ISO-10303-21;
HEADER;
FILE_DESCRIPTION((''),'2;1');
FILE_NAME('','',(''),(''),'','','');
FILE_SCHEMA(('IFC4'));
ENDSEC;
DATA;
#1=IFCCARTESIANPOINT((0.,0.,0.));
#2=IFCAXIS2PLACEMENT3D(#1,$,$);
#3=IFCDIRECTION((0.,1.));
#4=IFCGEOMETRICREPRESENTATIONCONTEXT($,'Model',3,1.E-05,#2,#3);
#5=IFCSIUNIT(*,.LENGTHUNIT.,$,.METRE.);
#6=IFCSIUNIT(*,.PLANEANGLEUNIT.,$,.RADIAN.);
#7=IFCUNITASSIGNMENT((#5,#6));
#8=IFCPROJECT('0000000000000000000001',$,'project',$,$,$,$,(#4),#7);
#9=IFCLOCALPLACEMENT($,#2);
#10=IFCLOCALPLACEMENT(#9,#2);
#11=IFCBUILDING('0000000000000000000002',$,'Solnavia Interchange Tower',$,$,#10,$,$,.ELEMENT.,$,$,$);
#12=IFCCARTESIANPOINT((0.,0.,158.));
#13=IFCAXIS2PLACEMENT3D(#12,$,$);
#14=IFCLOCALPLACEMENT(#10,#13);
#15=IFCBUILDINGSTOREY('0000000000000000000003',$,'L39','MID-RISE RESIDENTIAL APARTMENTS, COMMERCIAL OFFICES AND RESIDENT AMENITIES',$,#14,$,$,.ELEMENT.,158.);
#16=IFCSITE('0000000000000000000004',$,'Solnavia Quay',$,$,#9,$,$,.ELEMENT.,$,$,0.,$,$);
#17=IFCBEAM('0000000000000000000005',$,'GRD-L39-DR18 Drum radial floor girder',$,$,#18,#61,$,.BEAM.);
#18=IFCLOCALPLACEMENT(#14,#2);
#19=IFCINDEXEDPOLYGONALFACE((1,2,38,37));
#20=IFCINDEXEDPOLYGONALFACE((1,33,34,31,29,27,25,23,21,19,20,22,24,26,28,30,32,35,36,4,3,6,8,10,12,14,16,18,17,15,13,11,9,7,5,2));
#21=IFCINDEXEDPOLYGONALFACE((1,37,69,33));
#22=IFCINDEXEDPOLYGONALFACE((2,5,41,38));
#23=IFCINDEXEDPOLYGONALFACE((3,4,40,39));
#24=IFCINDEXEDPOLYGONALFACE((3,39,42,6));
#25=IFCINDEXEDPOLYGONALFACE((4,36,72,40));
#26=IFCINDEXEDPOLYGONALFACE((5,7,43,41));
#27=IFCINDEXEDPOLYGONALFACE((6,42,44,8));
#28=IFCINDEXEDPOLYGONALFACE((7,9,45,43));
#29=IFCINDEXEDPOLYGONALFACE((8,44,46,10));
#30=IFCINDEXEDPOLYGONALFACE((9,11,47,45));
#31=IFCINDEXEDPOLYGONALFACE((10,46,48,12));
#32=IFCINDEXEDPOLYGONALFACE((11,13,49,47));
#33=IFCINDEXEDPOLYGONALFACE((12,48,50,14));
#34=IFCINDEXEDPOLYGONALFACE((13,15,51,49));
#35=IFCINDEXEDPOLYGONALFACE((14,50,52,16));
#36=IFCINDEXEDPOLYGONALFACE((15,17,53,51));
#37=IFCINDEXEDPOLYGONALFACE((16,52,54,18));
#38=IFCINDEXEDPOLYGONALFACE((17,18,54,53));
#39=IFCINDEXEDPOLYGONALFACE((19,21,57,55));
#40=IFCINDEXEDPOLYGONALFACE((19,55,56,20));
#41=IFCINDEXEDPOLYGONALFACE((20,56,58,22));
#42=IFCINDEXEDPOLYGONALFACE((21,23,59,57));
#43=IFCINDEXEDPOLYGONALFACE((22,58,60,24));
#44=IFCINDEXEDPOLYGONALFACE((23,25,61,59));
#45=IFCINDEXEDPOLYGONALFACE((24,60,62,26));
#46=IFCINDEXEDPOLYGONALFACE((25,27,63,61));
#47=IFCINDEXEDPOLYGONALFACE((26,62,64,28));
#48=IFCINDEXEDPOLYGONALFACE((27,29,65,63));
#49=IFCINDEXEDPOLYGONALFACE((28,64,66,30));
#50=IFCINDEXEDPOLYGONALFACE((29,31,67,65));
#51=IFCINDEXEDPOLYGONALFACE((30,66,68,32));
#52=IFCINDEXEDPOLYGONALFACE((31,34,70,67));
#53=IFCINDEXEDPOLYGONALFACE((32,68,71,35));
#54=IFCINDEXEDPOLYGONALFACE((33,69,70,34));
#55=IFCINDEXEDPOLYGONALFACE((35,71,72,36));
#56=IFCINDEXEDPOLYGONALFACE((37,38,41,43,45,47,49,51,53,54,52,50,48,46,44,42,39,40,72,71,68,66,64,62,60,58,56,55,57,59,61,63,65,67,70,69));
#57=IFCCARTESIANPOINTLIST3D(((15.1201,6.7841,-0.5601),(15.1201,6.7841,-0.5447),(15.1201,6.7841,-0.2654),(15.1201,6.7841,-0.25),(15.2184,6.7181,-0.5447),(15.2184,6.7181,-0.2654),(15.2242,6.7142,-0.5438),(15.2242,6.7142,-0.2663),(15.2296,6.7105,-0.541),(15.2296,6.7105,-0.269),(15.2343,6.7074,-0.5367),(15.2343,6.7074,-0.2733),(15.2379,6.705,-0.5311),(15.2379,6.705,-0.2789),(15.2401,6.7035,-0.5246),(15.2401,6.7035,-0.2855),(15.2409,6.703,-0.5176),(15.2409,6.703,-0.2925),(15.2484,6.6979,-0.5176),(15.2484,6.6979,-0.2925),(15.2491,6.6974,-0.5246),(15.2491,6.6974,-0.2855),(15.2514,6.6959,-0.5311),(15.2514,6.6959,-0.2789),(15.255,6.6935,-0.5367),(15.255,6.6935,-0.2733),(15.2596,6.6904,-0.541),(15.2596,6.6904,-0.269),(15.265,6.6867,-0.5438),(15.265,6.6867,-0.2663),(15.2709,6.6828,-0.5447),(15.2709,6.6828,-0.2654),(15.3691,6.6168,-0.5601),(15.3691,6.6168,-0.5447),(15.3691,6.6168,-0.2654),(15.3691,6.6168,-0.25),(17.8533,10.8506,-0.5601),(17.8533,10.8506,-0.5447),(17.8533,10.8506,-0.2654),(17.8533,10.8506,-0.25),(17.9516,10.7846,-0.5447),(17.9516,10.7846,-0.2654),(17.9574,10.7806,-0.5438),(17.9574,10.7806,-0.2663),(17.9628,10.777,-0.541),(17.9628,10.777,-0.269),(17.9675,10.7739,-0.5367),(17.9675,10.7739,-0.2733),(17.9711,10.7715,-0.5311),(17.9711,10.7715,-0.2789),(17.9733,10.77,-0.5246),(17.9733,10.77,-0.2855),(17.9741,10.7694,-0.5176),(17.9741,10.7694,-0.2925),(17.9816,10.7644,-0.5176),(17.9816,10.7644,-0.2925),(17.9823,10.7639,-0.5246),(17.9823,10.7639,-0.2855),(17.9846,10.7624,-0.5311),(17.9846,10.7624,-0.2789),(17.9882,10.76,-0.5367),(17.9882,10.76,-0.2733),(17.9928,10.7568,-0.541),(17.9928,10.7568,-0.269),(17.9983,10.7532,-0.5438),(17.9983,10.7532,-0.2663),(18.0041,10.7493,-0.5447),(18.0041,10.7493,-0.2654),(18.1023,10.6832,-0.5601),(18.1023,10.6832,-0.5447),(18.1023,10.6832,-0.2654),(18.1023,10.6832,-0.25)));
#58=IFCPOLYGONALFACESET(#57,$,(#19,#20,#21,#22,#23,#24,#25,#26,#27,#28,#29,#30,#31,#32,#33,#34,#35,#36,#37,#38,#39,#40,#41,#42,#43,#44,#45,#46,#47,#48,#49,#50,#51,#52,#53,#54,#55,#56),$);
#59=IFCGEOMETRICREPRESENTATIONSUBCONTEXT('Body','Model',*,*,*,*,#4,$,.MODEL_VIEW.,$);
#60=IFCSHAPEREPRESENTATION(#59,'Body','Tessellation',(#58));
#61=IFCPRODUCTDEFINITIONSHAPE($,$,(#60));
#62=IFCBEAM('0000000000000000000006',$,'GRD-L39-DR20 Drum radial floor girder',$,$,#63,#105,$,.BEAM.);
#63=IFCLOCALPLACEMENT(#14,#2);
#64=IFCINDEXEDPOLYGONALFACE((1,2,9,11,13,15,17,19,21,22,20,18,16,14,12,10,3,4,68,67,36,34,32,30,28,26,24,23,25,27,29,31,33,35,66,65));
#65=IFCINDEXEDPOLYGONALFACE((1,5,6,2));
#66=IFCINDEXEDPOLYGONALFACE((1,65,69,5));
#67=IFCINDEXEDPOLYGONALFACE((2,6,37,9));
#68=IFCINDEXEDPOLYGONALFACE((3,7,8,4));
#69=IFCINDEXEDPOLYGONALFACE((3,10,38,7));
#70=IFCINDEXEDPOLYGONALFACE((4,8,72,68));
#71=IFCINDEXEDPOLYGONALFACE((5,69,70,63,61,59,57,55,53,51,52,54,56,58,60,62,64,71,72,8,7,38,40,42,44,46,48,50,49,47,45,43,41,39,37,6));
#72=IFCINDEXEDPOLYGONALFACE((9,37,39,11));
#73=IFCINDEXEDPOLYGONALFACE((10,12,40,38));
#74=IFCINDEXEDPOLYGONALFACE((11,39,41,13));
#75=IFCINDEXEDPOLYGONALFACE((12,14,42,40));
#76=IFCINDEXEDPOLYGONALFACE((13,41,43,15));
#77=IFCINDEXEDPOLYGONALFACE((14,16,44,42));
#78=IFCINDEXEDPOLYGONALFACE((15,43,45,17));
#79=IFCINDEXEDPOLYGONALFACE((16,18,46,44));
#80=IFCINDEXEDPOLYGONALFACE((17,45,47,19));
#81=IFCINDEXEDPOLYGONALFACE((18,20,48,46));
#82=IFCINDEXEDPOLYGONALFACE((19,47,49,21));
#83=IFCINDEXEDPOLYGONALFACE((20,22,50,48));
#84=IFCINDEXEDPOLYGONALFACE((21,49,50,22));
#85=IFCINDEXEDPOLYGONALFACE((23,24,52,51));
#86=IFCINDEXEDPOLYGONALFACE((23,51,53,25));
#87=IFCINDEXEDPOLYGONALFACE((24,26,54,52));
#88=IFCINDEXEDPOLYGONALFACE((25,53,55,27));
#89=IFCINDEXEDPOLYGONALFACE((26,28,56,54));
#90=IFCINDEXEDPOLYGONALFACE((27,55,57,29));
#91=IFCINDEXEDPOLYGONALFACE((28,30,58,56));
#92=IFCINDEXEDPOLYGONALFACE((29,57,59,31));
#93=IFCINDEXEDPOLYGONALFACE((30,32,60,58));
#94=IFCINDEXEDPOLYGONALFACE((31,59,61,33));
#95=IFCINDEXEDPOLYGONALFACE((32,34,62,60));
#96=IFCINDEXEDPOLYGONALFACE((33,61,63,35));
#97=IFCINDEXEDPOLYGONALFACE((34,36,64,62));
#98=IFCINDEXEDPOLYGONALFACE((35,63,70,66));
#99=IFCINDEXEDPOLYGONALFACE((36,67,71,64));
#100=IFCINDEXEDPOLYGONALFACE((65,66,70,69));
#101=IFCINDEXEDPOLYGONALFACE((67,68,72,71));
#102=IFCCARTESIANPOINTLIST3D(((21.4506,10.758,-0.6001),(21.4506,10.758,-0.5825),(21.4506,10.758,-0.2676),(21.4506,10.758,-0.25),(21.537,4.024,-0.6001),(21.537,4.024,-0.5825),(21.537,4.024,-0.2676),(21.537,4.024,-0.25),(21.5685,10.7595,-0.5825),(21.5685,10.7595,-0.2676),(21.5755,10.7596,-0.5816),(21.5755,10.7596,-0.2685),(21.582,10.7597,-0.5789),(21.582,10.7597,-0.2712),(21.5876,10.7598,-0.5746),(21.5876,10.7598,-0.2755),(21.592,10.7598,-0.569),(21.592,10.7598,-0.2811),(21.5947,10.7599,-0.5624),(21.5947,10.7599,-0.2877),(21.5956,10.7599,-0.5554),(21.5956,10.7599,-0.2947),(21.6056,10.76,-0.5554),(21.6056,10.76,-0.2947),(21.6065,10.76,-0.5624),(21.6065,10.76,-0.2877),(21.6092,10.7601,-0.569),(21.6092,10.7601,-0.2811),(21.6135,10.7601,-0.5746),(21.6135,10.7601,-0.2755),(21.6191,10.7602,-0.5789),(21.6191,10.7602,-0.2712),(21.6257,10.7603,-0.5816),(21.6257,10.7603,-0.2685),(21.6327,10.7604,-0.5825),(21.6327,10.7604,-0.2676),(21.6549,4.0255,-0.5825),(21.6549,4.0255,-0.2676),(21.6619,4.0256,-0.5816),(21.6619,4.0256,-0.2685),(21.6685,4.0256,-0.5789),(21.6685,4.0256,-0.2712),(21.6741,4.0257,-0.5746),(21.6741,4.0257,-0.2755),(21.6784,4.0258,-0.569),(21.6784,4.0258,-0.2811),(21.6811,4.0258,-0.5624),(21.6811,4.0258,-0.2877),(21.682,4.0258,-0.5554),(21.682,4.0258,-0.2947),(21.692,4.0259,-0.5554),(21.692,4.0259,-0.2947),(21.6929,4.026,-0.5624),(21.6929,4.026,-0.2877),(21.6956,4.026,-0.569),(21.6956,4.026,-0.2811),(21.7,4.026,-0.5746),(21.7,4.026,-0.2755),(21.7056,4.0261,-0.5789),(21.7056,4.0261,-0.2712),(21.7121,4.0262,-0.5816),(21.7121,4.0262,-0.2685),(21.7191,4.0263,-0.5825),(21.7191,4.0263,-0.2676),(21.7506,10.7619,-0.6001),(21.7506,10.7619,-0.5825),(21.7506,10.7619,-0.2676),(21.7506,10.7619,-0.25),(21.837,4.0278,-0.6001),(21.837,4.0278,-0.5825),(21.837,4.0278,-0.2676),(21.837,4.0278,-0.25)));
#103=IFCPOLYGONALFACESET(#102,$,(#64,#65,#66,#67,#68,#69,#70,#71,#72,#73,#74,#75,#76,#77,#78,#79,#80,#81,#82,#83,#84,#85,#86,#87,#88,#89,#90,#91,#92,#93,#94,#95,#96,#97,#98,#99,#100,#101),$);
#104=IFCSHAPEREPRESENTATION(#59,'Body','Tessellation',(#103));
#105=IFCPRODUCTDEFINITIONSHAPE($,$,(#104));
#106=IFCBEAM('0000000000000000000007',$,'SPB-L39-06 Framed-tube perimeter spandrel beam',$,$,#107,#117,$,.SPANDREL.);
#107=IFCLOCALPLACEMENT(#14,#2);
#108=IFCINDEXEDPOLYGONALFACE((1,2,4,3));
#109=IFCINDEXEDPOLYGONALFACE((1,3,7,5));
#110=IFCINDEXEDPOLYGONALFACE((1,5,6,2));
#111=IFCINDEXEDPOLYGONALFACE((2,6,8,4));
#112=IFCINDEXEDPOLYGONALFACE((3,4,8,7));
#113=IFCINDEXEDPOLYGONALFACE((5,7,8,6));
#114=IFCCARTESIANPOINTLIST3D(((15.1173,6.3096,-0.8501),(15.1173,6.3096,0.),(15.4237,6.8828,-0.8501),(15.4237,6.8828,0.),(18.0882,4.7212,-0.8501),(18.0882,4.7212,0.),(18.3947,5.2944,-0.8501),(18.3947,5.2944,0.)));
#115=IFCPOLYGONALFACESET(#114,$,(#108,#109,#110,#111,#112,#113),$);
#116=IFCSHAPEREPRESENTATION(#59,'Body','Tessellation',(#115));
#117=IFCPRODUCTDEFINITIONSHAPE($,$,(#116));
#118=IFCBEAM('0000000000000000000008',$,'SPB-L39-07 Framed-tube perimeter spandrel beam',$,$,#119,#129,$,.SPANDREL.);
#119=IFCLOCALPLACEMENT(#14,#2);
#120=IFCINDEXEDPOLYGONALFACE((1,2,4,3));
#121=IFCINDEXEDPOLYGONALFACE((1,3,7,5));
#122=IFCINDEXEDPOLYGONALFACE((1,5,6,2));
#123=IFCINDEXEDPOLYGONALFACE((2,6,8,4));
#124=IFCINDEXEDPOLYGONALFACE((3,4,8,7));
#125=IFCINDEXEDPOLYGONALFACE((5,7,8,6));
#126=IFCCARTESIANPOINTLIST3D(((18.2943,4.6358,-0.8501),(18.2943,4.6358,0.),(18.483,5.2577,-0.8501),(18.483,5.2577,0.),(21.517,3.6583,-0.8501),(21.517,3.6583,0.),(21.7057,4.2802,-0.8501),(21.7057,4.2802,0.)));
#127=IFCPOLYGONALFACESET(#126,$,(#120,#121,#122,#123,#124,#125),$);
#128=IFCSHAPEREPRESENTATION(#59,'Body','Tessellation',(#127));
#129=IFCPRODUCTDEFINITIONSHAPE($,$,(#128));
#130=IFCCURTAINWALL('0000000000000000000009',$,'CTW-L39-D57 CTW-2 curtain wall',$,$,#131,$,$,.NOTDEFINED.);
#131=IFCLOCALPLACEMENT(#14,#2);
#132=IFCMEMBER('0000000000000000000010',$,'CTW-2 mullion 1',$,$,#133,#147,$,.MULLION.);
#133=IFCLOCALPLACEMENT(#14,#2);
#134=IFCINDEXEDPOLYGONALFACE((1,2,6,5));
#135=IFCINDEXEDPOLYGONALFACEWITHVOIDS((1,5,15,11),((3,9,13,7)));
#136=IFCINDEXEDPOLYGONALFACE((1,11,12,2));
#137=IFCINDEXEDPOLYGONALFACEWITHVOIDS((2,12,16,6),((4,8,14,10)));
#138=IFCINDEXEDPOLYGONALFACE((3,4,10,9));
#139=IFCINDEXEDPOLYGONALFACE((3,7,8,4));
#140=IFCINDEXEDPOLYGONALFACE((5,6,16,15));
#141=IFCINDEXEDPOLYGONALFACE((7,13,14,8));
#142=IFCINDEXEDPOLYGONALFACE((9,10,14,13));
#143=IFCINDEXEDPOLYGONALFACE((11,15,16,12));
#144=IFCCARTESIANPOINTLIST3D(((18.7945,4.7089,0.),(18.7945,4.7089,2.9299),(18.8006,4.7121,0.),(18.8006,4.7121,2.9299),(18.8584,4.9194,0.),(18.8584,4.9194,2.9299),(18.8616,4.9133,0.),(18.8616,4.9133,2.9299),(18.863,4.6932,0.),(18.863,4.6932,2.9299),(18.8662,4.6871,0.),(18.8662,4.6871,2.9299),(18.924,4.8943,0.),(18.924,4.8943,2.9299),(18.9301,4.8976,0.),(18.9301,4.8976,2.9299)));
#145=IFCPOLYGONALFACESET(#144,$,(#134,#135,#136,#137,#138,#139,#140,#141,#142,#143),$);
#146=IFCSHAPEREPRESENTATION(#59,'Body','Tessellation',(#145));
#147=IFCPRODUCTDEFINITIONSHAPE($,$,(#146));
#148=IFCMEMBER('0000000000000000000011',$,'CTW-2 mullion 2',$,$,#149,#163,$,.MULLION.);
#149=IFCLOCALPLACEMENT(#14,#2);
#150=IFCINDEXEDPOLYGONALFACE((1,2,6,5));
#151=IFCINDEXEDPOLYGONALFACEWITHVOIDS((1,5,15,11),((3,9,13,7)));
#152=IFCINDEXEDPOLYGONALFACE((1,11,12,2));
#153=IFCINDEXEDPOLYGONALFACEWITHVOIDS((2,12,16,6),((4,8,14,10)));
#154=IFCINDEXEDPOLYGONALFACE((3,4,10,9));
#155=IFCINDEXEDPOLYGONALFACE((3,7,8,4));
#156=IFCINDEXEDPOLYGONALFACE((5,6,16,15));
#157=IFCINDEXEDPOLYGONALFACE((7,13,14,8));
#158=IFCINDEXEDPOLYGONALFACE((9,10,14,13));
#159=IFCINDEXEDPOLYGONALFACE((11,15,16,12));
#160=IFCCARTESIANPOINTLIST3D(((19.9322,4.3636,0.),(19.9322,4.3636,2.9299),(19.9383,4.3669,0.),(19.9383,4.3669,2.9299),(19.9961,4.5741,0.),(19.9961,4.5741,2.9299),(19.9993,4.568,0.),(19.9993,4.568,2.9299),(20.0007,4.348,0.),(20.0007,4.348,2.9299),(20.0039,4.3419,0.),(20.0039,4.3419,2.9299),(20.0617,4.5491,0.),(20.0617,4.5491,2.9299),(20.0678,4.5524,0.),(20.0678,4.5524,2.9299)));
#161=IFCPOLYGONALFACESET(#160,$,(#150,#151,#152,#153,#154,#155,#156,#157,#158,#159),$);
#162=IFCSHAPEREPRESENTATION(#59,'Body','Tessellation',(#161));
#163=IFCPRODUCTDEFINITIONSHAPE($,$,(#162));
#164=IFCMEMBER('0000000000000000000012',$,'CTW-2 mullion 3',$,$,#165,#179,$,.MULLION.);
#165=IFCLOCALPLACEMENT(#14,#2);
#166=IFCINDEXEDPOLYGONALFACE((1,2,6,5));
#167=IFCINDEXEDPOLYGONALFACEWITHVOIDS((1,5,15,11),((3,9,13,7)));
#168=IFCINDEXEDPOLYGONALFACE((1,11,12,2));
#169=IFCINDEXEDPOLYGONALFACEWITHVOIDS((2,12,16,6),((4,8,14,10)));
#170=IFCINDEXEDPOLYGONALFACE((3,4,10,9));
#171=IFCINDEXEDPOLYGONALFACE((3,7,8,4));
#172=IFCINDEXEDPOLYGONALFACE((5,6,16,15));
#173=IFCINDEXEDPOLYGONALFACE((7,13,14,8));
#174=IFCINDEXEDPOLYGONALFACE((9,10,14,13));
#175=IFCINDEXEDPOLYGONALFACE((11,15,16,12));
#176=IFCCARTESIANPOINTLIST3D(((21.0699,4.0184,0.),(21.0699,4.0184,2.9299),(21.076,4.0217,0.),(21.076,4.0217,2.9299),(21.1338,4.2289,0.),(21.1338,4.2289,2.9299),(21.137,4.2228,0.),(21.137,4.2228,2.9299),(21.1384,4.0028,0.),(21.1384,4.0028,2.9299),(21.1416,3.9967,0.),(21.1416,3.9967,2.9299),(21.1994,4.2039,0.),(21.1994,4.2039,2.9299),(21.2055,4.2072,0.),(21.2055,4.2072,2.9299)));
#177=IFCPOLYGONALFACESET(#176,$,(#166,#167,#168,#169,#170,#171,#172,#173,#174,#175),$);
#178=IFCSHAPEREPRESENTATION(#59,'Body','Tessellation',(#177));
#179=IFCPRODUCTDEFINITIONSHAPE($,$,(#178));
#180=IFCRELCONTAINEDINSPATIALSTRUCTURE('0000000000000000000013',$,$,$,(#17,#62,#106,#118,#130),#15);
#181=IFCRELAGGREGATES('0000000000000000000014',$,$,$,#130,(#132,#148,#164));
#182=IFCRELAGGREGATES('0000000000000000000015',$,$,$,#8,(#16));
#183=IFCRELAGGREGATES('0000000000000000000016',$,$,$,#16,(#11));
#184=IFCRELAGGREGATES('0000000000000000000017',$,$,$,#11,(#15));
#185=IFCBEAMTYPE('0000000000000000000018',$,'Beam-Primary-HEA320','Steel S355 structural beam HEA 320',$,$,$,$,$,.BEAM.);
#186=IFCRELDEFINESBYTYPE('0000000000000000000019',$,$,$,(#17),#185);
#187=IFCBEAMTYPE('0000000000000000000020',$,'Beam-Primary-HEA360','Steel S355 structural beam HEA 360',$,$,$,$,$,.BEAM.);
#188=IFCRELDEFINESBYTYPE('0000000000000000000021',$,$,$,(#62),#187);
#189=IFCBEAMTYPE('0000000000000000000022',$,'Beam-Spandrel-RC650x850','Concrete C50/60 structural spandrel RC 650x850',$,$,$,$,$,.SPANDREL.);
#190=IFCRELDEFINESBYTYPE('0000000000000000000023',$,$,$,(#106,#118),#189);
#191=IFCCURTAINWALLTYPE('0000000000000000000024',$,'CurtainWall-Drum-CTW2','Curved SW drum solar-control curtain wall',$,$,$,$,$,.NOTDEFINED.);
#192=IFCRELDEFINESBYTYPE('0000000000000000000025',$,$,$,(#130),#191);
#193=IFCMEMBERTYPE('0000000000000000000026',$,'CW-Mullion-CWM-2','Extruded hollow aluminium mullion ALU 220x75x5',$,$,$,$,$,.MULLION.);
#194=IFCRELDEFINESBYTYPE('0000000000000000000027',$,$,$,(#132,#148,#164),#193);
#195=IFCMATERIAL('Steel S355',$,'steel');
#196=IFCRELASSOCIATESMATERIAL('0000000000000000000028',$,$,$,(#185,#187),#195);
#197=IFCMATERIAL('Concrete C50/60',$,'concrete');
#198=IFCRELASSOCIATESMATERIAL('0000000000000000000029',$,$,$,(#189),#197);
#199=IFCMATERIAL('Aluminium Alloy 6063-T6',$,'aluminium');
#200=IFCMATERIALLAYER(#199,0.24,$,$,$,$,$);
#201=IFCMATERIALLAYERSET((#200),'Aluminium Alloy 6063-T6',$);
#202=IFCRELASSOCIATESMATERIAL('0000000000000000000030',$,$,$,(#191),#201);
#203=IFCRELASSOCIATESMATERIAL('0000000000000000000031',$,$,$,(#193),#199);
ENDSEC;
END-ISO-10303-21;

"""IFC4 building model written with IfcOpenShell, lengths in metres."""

from ifc_helpers import new_model, si_unit, direction, frame, origin, origin_2d, place, context, subcontext, project, spatial, rectangle, hollow_rectangle, i_section, extrude, material, layer, layer_set, material_profile, profile_set, type_object, element, aggregate, save


model = new_model("IFC4")

# Units and contexts
model_context = context("Model", 3, precision=1e-05, world=origin(), true_north=direction((0.0, 1.0)))
body_context = subcontext(model_context, "Body", "Model", "MODEL_VIEW")
ifc_project = project(units=[si_unit("LENGTHUNIT", "METRE"), si_unit("PLANEANGLEUNIT", "RADIAN")], contexts=[model_context])

# Site, building, storey
site_placement = place(None, origin())
site = spatial("IfcSite", under=ifc_project, at=site_placement, Name="Solnavia Quay", CompositionType="ELEMENT", RefElevation=0.0)
building_placement = place(site_placement, origin())
building = spatial("IfcBuilding", under=site, at=building_placement, Name="Solnavia Interchange Tower", CompositionType="ELEMENT")
storey_placement = place(building_placement, frame((0.0, 0.0, 158.0)))
storey = spatial("IfcBuildingStorey", under=building, at=storey_placement, Name="L39", Description="MID-RISE RESIDENTIAL APARTMENTS, COMMERCIAL OFFICES AND RESIDENT AMENITIES", CompositionType="ELEMENT", Elevation=158.0)

# Shared definitions
ifc_material_1 = material(Name="Concrete C50/60", Category="concrete")

# Beams
ifc_material_2 = material(Name="Steel S355", Category="steel")
ifc_material_profile_1 = material_profile(ifc_material_2, i_section(OverallWidth=0.3, OverallDepth=0.3101, WebThickness=0.009, FlangeThickness=0.0154, FilletRadius=0.0271, at=origin_2d()), Name="HEA 320")
ifc_profile_set_1 = profile_set([ifc_material_profile_1], Name="Steel S355")
beam_type_1 = type_object("IfcBeamType", Name="Beam-Primary-HEA320", Description="Steel S355 structural beam HEA 320", PredefinedType="BEAM", material=ifc_profile_set_1)
beam_1_placement = place(storey_placement, frame((15.2446, 6.7004, -0.405), z_axis=(0.557835, 0.829952, 0.0), x_axis=(-0.829952, 0.557835, 0.0)))
element("IfcBeam", 1, at=beam_1_placement, inside=storey, type_object=beam_type_1, Name="GRD-L39-DR18 Drum radial floor girder", PredefinedType="BEAM", context=body_context, shape_type="SweptSolid", body=[
    extrude(i_section(OverallWidth=0.3, OverallDepth=0.3101, WebThickness=0.009, FlangeThickness=0.0154, FilletRadius=0.0271, at=origin_2d()), origin(), (0.0, 0.0, 1.0), 4.8997),
])
ifc_material_profile_2 = material_profile(ifc_material_2, i_section(OverallWidth=0.3, OverallDepth=0.3501, WebThickness=0.01, FlangeThickness=0.0176, FilletRadius=0.0271, at=origin_2d()), Name="HEA 360")
ifc_profile_set_2 = profile_set([ifc_material_profile_2], Name="Steel S355")
beam_type_2 = type_object("IfcBeamType", Name="Beam-Primary-HEA360", Description="Steel S355 structural beam HEA 360", PredefinedType="BEAM", material=ifc_profile_set_2)
beam_2_placement = place(storey_placement, frame((21.687, 4.0259, -0.425), z_axis=(-0.012833, 0.999918, 0.0), x_axis=(-0.999918, -0.012833, 0.0)))
element("IfcBeam", 2, at=beam_2_placement, inside=storey, type_object=beam_type_2, Name="GRD-L39-DR20 Drum radial floor girder", PredefinedType="BEAM", context=body_context, shape_type="SweptSolid", body=[
    extrude(i_section(OverallWidth=0.3, OverallDepth=0.3501, WebThickness=0.01, FlangeThickness=0.0176, FilletRadius=0.0271, at=origin_2d()), origin(), (0.0, 0.0, 1.0), 6.7346),
])
ifc_material_profile_3 = material_profile(ifc_material_1, rectangle(XDim=0.6499, YDim=0.8501, at=origin_2d()), Name="RC 650x850")
ifc_profile_set_3 = profile_set([ifc_material_profile_3], Name="Concrete C50/60")
beam_type_3 = type_object("IfcBeamType", Name="Beam-Spandrel-RC650x850", Description="Concrete C50/60 structural spandrel RC 650x850", PredefinedType="SPANDREL", material=ifc_profile_set_3)
beam_3_placement = place(storey_placement, frame((15.2705, 6.5962, -0.425), z_axis=(0.881875, -0.471483, 0.0), x_axis=(0.471483, 0.881875, 0.0)))
element("IfcBeam", 3, at=beam_3_placement, inside=storey, type_object=beam_type_3, Name="SPB-L39-06 Framed-tube perimeter spandrel beam", PredefinedType="SPANDREL", context=body_context, shape_type="SweptSolid", body=[
    extrude(rectangle(XDim=0.6499, YDim=0.8501, at=origin_2d()), origin(), (0.0, 0.0, 1.0), 3.3689),
])
beam_4_placement = place(storey_placement, frame((18.3887, 4.9468, -0.425), z_axis=(0.956944, -0.290273, 0.0), x_axis=(0.290273, 0.956944, 0.0)))
element("IfcBeam", 4, at=beam_4_placement, inside=storey, type_object=beam_type_3, Name="SPB-L39-07 Framed-tube perimeter spandrel beam", PredefinedType="SPANDREL", context=body_context, shape_type="SweptSolid", body=[
    extrude(rectangle(XDim=0.6499, YDim=0.8501, at=origin_2d()), origin(), (0.0, 0.0, 1.0), 3.3677),
])

# Curtain wall, members
ifc_material_3 = material(Name="Aluminium Alloy 6063-T6", Category="aluminium")
ifc_layer_1 = layer(ifc_material_3, 0.24)
ifc_layer_set_1 = layer_set([ifc_layer_1], Name="Aluminium Alloy 6063-T6")
curtain_wall_type = type_object("IfcCurtainWallType", Name="CurtainWall-Drum-CTW2", Description="Curved SW drum solar-control curtain wall", PredefinedType="NOTDEFINED", material=ifc_layer_set_1)
curtain_wall_placement = place(storey_placement, origin())
curtain_wall = element("IfcCurtainWall", 5, at=curtain_wall_placement, inside=storey, type_object=curtain_wall_type, Name="CTW-L39-D57 CTW-2 curtain wall", PredefinedType="NOTDEFINED")
ifc_material_profile_4 = material_profile(ifc_material_3, hollow_rectangle(XDim=0.075, YDim=0.22, WallThickness=0.0049, at=origin_2d()), Name="ALU 220x75x5")
ifc_profile_set_4 = profile_set([ifc_material_profile_4], Name="Aluminium Alloy 6063-T6")
member_type_1 = type_object("IfcMemberType", Name="CW-Mullion-CWM-2", Description="Extruded hollow aluminium mullion ALU 220x75x5", PredefinedType="MULLION", material=ifc_profile_set_4)
member_1_placement = place(storey_placement, frame((18.8623, 4.8032, 0.0), z_axis=(0.0, 0.0, 1.0), x_axis=(0.956942, -0.290279, 0.0)))
member_1 = element("IfcMember", 6, at=member_1_placement, type_object=member_type_1, Name="CTW-2 mullion 1", PredefinedType="MULLION", context=body_context, shape_type="SweptSolid", body=[
    extrude(hollow_rectangle(XDim=0.075, YDim=0.22, WallThickness=0.0049, at=origin_2d()), origin(), (0.0, 0.0, 1.0), 2.9299),
])
member_2_placement = place(storey_placement, frame((20.0, 4.458, 0.0), z_axis=(0.0, 0.0, 1.0), x_axis=(0.956942, -0.290279, 0.0)))
member_2 = element("IfcMember", 7, at=member_2_placement, type_object=member_type_1, Name="CTW-2 mullion 2", PredefinedType="MULLION", context=body_context, shape_type="SweptSolid", body=[
    extrude(hollow_rectangle(XDim=0.075, YDim=0.22, WallThickness=0.0049, at=origin_2d()), origin(), (0.0, 0.0, 1.0), 2.9299),
])
member_3_placement = place(storey_placement, frame((21.1377, 4.1128, 0.0), z_axis=(0.0, 0.0, 1.0), x_axis=(0.956942, -0.290279, 0.0)))
member_3 = element("IfcMember", 8, at=member_3_placement, type_object=member_type_1, Name="CTW-2 mullion 3", PredefinedType="MULLION", context=body_context, shape_type="SweptSolid", body=[
    extrude(hollow_rectangle(XDim=0.075, YDim=0.22, WallThickness=0.0049, at=origin_2d()), origin(), (0.0, 0.0, 1.0), 2.9299),
])
aggregate(curtain_wall, [member_1, member_2, member_3])

save(model, "model.ifc")
